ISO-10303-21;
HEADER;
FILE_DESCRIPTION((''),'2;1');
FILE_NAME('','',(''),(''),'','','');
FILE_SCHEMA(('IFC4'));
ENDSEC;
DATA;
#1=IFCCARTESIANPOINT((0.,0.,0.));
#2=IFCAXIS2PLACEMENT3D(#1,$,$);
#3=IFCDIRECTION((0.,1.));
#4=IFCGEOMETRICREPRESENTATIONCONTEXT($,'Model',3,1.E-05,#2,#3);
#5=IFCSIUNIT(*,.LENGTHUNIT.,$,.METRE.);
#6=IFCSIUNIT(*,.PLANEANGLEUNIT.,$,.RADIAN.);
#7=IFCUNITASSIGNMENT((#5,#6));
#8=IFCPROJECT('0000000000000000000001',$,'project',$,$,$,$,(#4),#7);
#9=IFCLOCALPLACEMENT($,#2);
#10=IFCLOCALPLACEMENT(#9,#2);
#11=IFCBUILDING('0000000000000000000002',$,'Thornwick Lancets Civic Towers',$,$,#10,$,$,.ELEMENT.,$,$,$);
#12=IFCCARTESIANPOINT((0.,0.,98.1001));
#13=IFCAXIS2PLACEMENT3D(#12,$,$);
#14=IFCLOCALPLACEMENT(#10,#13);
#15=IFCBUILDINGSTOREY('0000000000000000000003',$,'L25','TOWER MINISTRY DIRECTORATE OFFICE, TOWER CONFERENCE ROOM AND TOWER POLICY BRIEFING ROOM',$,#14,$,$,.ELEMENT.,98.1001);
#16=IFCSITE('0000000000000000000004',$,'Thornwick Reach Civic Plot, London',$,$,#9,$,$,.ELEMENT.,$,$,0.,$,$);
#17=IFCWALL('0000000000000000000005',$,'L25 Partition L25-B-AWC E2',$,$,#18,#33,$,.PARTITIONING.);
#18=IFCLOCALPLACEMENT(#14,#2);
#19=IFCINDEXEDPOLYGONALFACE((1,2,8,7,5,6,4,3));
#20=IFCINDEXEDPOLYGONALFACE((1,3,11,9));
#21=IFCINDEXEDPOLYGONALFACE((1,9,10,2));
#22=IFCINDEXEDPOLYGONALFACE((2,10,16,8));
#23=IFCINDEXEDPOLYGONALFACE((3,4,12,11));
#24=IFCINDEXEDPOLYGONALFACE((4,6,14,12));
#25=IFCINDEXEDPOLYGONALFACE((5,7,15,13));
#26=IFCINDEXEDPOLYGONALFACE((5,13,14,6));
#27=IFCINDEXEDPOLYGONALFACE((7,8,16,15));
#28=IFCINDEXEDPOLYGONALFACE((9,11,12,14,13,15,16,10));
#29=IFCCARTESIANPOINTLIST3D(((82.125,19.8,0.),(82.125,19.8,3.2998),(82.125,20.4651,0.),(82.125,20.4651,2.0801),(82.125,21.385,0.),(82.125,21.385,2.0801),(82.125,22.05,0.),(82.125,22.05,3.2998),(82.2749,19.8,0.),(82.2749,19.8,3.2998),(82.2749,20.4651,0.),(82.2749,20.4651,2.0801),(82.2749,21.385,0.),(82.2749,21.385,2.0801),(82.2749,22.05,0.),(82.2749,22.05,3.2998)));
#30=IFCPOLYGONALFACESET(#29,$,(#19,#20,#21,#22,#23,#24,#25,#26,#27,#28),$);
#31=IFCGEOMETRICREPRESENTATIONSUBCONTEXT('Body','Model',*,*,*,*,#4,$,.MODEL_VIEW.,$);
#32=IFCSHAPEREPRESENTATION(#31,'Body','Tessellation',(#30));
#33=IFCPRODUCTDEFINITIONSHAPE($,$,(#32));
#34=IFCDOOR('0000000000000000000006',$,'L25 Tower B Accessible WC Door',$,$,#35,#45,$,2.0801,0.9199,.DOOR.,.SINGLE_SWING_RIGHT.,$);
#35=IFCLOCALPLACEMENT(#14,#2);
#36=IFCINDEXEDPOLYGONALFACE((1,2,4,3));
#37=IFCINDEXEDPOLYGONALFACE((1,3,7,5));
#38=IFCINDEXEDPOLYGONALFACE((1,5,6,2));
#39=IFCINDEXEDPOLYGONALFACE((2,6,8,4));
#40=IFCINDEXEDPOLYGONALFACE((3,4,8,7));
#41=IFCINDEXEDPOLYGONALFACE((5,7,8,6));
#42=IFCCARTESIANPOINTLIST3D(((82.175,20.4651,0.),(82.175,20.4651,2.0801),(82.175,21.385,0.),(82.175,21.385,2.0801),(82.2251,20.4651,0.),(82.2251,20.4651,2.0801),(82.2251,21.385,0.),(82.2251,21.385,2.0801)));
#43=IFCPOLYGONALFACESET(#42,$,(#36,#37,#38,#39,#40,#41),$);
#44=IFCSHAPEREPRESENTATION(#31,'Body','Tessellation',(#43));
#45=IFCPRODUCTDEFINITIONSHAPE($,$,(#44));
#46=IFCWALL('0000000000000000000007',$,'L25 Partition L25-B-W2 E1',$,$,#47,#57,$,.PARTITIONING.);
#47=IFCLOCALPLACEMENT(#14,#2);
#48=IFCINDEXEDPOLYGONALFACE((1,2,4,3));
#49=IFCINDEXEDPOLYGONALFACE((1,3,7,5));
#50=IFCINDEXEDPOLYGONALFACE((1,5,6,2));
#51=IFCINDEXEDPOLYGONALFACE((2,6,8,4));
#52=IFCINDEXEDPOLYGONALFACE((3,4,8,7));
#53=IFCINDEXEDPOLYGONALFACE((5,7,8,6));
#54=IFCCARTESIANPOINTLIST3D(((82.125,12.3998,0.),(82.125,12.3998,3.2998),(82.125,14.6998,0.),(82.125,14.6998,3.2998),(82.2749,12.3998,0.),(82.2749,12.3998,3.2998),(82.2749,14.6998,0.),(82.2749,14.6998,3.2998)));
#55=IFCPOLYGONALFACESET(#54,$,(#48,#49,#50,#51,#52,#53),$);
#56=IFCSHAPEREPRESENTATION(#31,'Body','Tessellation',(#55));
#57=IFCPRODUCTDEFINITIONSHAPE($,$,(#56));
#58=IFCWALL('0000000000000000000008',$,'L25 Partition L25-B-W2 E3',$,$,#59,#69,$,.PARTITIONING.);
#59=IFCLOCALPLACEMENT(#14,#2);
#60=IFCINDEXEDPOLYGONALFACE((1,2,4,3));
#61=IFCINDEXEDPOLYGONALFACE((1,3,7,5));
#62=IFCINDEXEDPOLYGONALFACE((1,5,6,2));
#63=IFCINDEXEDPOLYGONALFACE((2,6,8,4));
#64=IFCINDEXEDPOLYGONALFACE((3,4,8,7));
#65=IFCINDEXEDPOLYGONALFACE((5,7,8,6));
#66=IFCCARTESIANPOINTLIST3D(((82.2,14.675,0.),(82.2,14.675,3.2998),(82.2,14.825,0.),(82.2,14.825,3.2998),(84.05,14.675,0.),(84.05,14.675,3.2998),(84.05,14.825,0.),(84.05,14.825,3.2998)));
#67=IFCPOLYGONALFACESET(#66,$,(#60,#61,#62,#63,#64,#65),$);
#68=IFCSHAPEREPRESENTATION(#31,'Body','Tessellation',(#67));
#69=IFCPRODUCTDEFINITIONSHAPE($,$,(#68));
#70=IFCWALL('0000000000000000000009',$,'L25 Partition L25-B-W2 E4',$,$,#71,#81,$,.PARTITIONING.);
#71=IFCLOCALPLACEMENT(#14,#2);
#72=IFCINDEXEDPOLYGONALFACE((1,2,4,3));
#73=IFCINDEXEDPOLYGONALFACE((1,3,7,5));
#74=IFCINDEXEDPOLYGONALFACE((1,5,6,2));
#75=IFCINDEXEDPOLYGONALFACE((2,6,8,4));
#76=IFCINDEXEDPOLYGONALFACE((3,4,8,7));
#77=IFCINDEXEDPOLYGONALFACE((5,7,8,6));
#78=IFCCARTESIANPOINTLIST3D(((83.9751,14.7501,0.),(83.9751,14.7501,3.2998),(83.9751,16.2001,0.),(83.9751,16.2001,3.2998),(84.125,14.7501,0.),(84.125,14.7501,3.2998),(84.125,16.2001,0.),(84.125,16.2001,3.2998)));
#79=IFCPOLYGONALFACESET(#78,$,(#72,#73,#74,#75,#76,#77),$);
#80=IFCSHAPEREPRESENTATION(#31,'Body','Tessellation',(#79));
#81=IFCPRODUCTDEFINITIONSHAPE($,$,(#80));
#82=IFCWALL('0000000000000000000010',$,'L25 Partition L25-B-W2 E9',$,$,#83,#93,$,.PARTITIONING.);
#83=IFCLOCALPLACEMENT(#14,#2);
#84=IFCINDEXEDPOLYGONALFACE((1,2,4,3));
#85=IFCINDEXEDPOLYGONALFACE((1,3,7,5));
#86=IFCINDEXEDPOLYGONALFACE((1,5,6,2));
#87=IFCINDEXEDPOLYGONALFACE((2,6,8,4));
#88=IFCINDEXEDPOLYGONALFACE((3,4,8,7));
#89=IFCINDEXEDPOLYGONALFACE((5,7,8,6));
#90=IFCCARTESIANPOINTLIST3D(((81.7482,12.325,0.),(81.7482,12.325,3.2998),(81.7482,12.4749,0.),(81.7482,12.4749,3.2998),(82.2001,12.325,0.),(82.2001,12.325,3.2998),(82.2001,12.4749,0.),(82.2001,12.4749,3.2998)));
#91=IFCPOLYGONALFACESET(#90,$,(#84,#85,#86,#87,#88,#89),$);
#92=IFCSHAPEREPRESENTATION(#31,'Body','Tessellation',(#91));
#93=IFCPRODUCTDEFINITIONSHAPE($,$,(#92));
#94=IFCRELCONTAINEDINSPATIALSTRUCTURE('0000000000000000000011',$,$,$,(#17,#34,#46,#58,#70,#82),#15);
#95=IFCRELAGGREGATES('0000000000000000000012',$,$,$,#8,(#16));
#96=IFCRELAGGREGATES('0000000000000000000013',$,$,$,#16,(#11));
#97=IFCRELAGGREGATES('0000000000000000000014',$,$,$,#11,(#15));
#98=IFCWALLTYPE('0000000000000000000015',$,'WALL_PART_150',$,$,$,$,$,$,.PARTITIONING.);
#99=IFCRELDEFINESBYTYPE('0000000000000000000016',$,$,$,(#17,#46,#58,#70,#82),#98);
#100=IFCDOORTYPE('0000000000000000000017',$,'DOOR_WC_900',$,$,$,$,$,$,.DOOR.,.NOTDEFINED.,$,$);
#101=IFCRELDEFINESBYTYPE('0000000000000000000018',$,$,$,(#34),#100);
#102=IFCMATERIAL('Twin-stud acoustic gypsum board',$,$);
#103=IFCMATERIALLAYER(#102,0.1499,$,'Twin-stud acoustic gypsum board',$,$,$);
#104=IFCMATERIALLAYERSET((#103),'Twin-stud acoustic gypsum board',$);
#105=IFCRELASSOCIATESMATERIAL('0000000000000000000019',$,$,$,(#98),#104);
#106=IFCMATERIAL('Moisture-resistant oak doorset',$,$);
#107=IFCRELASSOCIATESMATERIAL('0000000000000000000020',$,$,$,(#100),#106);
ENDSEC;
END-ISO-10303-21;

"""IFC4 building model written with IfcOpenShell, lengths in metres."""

from ifc_helpers import new_model, si_unit, direction, frame, frame_2d, origin, place, context, subcontext, project, spatial, rectangle, extrude, material, layer, layer_set, type_object, element, fill, save


model = new_model("IFC4")

# Units and contexts
model_context = context("Model", 3, precision=1e-05, world=origin(), true_north=direction((0.0, 1.0)))
body_context = subcontext(model_context, "Body", "Model", "MODEL_VIEW")
ifc_project = project(units=[si_unit("LENGTHUNIT", "METRE"), si_unit("PLANEANGLEUNIT", "RADIAN")], contexts=[model_context])

# Site, building, storey
site_placement = place(None, origin())
site = spatial("IfcSite", under=ifc_project, at=site_placement, Name="Thornwick Reach Civic Plot, London", CompositionType="ELEMENT", RefElevation=0.0)
building_placement = place(site_placement, origin())
building = spatial("IfcBuilding", under=site, at=building_placement, Name="Thornwick Lancets Civic Towers", CompositionType="ELEMENT")
storey_placement = place(building_placement, frame((0.0, 0.0, 98.1001)))
storey = spatial("IfcBuildingStorey", under=building, at=storey_placement, Name="L25", Description="TOWER MINISTRY DIRECTORATE OFFICE, TOWER CONFERENCE ROOM AND TOWER POLICY BRIEFING ROOM", CompositionType="ELEMENT", Elevation=98.1001)

# Wall, opening, door
ifc_material_1 = material(Name="Twin-stud acoustic gypsum board")
ifc_layer_1 = layer(ifc_material_1, 0.1499, Name="Twin-stud acoustic gypsum board")
ifc_layer_set_1 = layer_set([ifc_layer_1], Name="Twin-stud acoustic gypsum board")
wall_type_1 = type_object("IfcWallType", Name="WALL_PART_150", PredefinedType="PARTITIONING", material=ifc_layer_set_1)
wall_1_placement = place(storey_placement, frame((82.2, 19.8, 0.0), z_axis=(0.0, 0.0, 1.0), x_axis=(0.0, 1.0, 0.0)))
wall_1 = element("IfcWall", 1, at=wall_1_placement, inside=storey, type_object=wall_type_1, Name="L25 Partition L25-B-AWC E2", PredefinedType="PARTITIONING", context=body_context, shape_type="SweptSolid", body=[
    extrude(rectangle(XDim=2.25, YDim=0.1499, at=frame_2d((1.125, 0.0))), origin(), (0.0, 0.0, 1.0), 3.2998),
])
opening_1_placement = place(wall_1_placement, frame((0.665, 0.0, 0.0)))
opening_1 = element("IfcOpeningElement", 2, at=opening_1_placement, cuts=wall_1, PredefinedType="OPENING", context=body_context, shape_type="SweptSolid", body=[
    extrude(rectangle(XDim=0.9199, YDim=2.0801, at=frame_2d((0.46, 1.04))), frame((0.0, 0.085, 0.0), z_axis=(0.0, -1.0, 0.0), x_axis=(1.0, 0.0, 0.0)), (0.0, 0.0, 1.0), 0.1699),
])
ifc_material_2 = material(Name="Moisture-resistant oak doorset")
door_type_1 = type_object("IfcDoorType", Name="DOOR_WC_900", OperationType="NOTDEFINED", PredefinedType="DOOR", material=ifc_material_2)
door_1_placement = place(opening_1_placement, origin())
door_1 = element("IfcDoor", 3, at=door_1_placement, inside=storey, type_object=door_type_1, Name="L25 Tower B Accessible WC Door", OperationType="SINGLE_SWING_RIGHT", OverallHeight=2.0801, OverallWidth=0.9199, PredefinedType="DOOR", context=body_context, shape_type="SweptSolid", body=[
    extrude(rectangle(XDim=0.9199, YDim=2.0801, at=frame_2d((0.46, 1.04))), frame((0.0, 0.0249, 0.0), z_axis=(0.0, -1.0, 0.0), x_axis=(1.0, 0.0, 0.0)), (0.0, 0.0, 1.0), 0.05),
])
fill(opening_1, door_1)

# Walls
wall_2_placement = place(storey_placement, frame((82.2, 12.3999, 0.0), z_axis=(0.0, 0.0, 1.0), x_axis=(0.0, 1.0, 0.0)))
element("IfcWall", 4, at=wall_2_placement, inside=storey, type_object=wall_type_1, Name="L25 Partition L25-B-W2 E1", PredefinedType="PARTITIONING", context=body_context, shape_type="SweptSolid", body=[
    extrude(rectangle(XDim=2.3, YDim=0.1499, at=frame_2d((1.1499, 0.0))), origin(), (0.0, 0.0, 1.0), 3.2998),
])
wall_3_placement = place(storey_placement, frame((82.2, 14.75, 0.0), z_axis=(0.0, 0.0, 1.0), x_axis=(1.0, 0.0, 0.0)))
element("IfcWall", 5, at=wall_3_placement, inside=storey, type_object=wall_type_1, Name="L25 Partition L25-B-W2 E3", PredefinedType="PARTITIONING", context=body_context, shape_type="SweptSolid", body=[
    extrude(rectangle(XDim=1.8501, YDim=0.1499, at=frame_2d((0.925, 0.0))), origin(), (0.0, 0.0, 1.0), 3.2998),
])
wall_4_placement = place(storey_placement, frame((84.05, 14.75, 0.0), z_axis=(0.0, 0.0, 1.0), x_axis=(0.0, 1.0, 0.0)))
element("IfcWall", 6, at=wall_4_placement, inside=storey, type_object=wall_type_1, Name="L25 Partition L25-B-W2 E4", PredefinedType="PARTITIONING", context=body_context, shape_type="SweptSolid", body=[
    extrude(rectangle(XDim=1.45, YDim=0.1499, at=frame_2d((0.7251, 0.0))), origin(), (0.0, 0.0, 1.0), 3.2998),
])

# Wall
wall_5_placement = place(storey_placement, frame((81.748, 12.3999, 0.0), z_axis=(0.0, 0.0, 1.0), x_axis=(1.0, 0.0, 0.0)))
element("IfcWall", 7, at=wall_5_placement, inside=storey, type_object=wall_type_1, Name="L25 Partition L25-B-W2 E9", PredefinedType="PARTITIONING", context=body_context, shape_type="SweptSolid", body=[
    extrude(rectangle(XDim=0.4519, YDim=0.1499, at=frame_2d((0.2261, 0.0))), origin(), (0.0, 0.0, 1.0), 3.2998),
])

save(model, "model.ifc")
